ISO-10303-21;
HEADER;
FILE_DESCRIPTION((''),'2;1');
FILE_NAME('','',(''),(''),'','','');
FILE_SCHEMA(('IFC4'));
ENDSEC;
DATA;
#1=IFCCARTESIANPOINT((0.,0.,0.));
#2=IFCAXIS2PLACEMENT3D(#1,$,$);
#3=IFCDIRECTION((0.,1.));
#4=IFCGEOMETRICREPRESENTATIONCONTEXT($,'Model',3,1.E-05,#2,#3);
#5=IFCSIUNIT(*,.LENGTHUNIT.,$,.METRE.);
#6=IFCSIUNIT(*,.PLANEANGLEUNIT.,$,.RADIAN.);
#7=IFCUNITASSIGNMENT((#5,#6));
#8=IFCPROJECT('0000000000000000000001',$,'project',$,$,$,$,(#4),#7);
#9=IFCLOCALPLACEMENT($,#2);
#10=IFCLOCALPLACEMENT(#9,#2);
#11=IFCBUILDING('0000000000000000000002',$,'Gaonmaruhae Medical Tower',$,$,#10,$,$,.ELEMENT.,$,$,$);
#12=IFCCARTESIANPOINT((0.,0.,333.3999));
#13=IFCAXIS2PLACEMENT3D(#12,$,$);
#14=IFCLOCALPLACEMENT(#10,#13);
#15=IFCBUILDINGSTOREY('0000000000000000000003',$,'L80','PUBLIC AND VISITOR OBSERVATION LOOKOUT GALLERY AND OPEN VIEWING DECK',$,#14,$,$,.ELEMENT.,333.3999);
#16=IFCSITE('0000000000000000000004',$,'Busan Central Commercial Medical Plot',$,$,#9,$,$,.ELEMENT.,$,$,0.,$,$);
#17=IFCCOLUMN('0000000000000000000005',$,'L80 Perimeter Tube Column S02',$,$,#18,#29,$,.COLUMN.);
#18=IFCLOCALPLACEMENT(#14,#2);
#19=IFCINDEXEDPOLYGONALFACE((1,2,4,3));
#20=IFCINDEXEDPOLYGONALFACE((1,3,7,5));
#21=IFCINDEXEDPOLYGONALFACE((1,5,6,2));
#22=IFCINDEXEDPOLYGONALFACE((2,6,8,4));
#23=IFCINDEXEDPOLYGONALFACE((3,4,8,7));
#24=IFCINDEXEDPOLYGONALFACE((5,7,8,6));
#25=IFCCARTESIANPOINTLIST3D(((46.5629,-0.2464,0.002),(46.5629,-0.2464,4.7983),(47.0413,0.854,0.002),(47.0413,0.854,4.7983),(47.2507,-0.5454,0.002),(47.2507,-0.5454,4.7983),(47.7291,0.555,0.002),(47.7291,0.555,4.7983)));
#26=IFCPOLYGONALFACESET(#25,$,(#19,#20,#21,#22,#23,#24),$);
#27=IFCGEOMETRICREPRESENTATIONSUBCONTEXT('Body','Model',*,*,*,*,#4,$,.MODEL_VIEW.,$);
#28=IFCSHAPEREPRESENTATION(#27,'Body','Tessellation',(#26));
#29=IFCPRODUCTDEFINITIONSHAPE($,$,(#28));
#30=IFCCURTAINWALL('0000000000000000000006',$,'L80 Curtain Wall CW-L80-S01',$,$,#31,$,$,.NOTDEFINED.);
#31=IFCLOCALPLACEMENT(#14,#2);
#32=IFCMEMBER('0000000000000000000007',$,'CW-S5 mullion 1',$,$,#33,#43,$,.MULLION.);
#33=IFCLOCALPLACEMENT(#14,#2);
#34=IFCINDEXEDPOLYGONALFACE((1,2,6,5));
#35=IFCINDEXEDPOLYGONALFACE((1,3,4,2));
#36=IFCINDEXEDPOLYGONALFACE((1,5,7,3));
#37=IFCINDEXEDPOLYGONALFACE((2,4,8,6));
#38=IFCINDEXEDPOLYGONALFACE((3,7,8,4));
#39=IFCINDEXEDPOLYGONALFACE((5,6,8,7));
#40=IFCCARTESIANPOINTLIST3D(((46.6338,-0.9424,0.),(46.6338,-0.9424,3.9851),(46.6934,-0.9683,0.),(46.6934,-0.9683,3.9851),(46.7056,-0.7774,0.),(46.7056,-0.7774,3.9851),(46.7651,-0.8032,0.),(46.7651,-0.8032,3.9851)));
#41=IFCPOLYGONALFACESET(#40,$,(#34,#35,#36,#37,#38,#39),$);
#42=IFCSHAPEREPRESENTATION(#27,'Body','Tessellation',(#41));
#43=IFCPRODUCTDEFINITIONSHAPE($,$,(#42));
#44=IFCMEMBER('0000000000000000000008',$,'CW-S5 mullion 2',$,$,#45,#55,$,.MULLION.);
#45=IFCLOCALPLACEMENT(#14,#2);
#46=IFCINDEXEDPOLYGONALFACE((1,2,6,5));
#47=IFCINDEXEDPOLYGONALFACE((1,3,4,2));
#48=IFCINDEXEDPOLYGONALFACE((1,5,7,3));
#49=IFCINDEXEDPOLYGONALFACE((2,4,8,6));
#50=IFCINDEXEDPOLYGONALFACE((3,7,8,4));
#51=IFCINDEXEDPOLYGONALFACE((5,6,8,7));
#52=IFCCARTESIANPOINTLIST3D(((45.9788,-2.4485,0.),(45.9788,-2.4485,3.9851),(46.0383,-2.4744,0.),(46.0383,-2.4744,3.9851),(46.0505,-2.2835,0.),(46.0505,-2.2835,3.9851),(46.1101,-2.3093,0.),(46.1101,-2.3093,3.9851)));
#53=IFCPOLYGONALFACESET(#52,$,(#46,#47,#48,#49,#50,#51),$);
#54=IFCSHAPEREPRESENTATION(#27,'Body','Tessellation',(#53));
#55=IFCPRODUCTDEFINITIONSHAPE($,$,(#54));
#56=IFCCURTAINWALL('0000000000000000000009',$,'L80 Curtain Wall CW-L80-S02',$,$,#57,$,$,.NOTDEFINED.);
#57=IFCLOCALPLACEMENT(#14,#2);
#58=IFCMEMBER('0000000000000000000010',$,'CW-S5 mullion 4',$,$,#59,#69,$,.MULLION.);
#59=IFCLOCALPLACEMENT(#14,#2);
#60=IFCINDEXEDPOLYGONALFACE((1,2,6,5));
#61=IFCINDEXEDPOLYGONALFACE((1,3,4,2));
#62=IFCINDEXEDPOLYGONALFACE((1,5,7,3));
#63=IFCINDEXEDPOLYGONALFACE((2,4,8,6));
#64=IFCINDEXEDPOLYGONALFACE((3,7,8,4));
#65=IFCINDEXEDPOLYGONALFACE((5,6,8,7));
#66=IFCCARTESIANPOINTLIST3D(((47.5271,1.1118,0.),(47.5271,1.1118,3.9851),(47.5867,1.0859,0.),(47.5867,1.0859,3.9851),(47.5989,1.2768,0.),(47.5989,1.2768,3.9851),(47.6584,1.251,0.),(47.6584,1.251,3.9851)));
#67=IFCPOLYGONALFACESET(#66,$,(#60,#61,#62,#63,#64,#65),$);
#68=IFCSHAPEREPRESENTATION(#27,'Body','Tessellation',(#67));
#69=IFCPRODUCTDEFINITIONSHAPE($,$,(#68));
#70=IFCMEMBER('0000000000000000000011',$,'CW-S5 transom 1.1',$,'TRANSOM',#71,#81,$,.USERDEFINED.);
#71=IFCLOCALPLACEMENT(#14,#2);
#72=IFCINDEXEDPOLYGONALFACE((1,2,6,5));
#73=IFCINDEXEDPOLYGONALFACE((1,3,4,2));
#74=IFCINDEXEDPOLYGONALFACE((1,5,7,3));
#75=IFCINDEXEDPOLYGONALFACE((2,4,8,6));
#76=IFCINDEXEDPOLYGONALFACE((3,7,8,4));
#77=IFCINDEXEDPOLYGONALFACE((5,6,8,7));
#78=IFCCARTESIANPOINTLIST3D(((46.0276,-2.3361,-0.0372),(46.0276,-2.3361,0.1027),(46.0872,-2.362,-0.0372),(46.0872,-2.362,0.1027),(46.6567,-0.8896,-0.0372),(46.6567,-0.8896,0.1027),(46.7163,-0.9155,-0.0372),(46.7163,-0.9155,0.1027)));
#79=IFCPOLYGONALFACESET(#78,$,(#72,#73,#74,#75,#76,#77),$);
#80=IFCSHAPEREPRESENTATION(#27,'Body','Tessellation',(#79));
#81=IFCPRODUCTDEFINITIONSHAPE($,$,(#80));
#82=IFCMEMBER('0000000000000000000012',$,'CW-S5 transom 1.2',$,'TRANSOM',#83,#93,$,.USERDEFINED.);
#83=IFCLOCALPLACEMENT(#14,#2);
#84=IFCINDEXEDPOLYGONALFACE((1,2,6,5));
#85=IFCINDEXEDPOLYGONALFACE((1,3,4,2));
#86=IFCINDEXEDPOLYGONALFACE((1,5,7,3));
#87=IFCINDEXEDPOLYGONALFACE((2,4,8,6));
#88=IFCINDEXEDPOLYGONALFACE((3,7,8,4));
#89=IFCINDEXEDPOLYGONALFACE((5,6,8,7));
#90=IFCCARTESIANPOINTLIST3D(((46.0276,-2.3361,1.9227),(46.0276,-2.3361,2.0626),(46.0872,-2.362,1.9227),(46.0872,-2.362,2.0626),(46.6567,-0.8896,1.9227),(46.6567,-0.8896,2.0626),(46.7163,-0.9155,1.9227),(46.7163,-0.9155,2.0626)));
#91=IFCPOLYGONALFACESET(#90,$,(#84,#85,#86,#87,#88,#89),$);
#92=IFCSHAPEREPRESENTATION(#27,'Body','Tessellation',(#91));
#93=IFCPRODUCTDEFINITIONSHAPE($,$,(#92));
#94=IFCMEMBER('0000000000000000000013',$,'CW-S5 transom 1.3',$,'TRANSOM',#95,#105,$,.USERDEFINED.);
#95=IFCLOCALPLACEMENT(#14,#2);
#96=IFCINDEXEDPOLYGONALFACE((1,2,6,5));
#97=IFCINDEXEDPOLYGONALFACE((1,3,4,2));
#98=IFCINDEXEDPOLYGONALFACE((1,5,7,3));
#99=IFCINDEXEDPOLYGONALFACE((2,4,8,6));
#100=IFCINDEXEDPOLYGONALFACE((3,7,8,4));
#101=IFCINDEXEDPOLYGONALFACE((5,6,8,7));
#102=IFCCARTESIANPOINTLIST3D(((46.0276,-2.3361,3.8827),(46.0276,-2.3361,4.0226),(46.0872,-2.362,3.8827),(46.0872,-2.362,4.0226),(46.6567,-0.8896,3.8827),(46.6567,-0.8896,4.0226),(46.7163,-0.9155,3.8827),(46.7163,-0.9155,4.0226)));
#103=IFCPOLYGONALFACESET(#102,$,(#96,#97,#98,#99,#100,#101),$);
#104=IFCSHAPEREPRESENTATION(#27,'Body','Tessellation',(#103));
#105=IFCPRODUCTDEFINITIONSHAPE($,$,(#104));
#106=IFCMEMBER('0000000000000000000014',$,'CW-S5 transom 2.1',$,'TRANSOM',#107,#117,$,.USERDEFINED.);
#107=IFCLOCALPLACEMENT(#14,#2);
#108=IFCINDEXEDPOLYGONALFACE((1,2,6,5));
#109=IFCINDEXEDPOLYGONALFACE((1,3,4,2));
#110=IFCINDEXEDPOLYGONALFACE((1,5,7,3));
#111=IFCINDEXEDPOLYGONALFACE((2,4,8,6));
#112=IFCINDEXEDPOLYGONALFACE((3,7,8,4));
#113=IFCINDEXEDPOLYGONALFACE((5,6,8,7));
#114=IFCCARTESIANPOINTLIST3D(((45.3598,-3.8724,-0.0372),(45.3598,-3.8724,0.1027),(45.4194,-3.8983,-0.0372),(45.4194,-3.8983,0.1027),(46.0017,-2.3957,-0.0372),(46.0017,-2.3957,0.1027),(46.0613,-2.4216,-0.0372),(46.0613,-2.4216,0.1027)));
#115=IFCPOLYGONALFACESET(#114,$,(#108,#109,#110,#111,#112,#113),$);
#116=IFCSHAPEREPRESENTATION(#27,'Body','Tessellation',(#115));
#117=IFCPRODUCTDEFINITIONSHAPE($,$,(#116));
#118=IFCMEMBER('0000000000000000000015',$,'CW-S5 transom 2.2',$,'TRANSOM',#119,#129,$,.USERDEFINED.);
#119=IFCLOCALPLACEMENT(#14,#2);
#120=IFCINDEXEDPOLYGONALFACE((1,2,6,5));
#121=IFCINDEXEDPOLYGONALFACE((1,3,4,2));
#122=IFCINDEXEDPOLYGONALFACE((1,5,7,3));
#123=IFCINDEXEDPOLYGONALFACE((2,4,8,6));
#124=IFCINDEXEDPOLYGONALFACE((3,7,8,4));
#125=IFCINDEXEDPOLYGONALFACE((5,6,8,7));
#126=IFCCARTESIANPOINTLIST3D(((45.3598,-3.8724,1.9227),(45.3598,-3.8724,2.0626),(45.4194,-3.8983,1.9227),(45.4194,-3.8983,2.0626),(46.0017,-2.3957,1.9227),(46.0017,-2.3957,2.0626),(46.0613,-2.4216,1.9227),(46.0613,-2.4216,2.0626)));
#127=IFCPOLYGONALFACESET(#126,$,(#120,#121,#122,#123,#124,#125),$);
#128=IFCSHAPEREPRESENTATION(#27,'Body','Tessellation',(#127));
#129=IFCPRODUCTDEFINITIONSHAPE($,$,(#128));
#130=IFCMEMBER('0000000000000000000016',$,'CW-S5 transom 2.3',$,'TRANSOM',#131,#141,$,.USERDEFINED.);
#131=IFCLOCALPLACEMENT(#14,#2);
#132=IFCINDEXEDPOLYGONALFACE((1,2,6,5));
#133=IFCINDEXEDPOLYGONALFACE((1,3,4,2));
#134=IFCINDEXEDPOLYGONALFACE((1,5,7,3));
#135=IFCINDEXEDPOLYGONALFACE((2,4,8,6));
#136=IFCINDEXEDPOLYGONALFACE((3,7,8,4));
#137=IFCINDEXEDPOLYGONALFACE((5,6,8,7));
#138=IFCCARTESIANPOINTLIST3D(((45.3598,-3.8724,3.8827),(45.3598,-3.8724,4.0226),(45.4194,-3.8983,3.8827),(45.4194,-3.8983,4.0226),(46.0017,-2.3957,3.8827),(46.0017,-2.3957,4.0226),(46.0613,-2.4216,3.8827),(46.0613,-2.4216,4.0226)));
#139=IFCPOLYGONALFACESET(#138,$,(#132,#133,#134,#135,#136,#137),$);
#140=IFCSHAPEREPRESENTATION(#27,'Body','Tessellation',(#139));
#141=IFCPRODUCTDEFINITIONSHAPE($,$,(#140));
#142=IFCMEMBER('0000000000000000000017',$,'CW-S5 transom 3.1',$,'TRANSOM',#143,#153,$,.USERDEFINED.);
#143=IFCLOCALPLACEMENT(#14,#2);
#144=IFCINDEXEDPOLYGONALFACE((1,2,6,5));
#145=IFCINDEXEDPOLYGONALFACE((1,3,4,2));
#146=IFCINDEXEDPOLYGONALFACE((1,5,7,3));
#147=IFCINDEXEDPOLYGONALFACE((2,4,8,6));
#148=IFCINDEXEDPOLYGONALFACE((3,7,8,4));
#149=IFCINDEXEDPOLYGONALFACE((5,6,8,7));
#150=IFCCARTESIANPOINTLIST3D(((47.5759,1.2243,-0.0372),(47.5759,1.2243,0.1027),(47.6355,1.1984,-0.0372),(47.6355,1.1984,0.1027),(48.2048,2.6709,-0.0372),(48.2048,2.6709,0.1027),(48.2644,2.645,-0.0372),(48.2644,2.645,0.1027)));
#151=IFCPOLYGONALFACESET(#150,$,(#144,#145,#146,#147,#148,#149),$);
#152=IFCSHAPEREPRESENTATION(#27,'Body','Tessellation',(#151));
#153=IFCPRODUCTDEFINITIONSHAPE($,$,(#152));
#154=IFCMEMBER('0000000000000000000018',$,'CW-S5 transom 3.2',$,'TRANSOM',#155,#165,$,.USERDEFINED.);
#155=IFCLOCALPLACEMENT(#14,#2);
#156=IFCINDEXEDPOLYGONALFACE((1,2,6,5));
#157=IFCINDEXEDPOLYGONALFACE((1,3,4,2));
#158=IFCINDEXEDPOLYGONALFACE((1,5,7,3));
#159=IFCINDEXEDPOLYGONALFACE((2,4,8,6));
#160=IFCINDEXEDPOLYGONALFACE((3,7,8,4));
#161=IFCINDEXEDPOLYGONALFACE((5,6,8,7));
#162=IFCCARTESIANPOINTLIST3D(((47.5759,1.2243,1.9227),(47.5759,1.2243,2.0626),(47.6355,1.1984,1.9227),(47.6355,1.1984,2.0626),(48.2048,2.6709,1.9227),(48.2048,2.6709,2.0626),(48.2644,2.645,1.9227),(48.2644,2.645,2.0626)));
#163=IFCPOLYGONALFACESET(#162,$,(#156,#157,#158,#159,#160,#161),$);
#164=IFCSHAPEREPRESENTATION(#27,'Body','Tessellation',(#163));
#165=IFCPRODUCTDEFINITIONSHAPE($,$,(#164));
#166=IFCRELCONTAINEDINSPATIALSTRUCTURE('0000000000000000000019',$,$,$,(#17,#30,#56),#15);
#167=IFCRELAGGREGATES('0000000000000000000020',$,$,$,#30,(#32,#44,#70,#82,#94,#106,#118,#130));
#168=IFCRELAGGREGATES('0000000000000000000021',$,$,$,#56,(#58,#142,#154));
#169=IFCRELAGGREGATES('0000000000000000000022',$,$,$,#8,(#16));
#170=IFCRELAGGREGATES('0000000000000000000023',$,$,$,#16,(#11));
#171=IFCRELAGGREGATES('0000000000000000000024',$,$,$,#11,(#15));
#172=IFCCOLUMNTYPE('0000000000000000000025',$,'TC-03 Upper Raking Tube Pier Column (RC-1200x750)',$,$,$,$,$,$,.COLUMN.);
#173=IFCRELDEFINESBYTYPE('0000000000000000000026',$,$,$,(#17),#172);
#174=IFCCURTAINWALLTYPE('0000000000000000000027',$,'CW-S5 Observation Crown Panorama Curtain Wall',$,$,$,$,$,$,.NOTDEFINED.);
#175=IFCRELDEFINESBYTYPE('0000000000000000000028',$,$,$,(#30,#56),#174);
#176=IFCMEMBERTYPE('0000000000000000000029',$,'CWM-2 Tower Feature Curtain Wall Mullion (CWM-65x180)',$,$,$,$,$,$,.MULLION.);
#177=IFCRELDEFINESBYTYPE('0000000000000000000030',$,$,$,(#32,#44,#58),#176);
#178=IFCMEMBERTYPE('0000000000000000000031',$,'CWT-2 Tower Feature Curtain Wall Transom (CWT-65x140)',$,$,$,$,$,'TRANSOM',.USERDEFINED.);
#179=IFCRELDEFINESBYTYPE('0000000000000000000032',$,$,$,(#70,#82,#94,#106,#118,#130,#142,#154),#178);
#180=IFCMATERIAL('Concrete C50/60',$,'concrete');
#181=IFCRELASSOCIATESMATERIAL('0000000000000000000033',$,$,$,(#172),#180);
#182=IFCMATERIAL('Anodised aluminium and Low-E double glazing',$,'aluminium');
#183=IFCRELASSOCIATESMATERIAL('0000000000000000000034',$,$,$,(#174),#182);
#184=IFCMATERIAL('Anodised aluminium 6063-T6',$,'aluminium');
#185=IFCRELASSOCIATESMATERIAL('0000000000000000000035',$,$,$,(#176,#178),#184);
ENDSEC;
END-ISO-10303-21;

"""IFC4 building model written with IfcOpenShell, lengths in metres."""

from ifc_helpers import new_model, si_unit, direction, frame, origin, origin_2d, place, context, subcontext, project, spatial, rectangle, extrude, material, material_profile, profile_set, type_object, element, aggregate, save


model = new_model("IFC4")

# Units and contexts
model_context = context("Model", 3, precision=1e-05, world=origin(), true_north=direction((0.0, 1.0)))
body_context = subcontext(model_context, "Body", "Model", "MODEL_VIEW")
ifc_project = project(units=[si_unit("LENGTHUNIT", "METRE"), si_unit("PLANEANGLEUNIT", "RADIAN")], contexts=[model_context])

# Site, building, storey
site_placement = place(None, origin())
site = spatial("IfcSite", under=ifc_project, at=site_placement, Name="Busan Central Commercial Medical Plot", CompositionType="ELEMENT", RefElevation=0.0)
building_placement = place(site_placement, origin())
building = spatial("IfcBuilding", under=site, at=building_placement, Name="Gaonmaruhae Medical Tower", CompositionType="ELEMENT")
storey_placement = place(building_placement, frame((0.0, 0.0, 333.3999)))
storey = spatial("IfcBuildingStorey", under=building, at=storey_placement, Name="L80", Description="PUBLIC AND VISITOR OBSERVATION LOOKOUT GALLERY AND OPEN VIEWING DECK", CompositionType="ELEMENT", Elevation=333.3999)

# Column
ifc_material_1 = material(Name="Concrete C50/60", Category="concrete")
ifc_material_profile_1 = material_profile(ifc_material_1, rectangle(XDim=1.2, YDim=0.75, at=origin_2d()), Name="RC-1200x750")
ifc_profile_set_1 = profile_set([ifc_material_profile_1], Name="Concrete C50/60")
column_type = type_object("IfcColumnType", Name="TC-03 Upper Raking Tube Pier Column (RC-1200x750)", PredefinedType="COLUMN", material=ifc_profile_set_1)
column_placement = place(storey_placement, frame((47.146, 0.1543, 0.002), z_axis=(0.0, 0.0, 1.0), x_axis=(0.398749, 0.91706, 0.0)))
element("IfcColumn", 1, at=column_placement, inside=storey, type_object=column_type, Name="L80 Perimeter Tube Column S02", PredefinedType="COLUMN", context=body_context, shape_type="SweptSolid", body=[
    extrude(rectangle(XDim=1.2, YDim=0.75, at=origin_2d()), origin(), (0.0, 0.0, 1.0), 4.7964),
])

# Curtain wall, members
ifc_material_2 = material(Name="Anodised aluminium and Low-E double glazing", Category="aluminium")
curtain_wall_type = type_object("IfcCurtainWallType", Name="CW-S5 Observation Crown Panorama Curtain Wall", PredefinedType="NOTDEFINED", material=ifc_material_2)
curtain_wall_1_placement = place(storey_placement, origin())
curtain_wall_1 = element("IfcCurtainWall", 2, at=curtain_wall_1_placement, inside=storey, type_object=curtain_wall_type, Name="L80 Curtain Wall CW-L80-S01", PredefinedType="NOTDEFINED")
ifc_material_3 = material(Name="Anodised aluminium 6063-T6", Category="aluminium")
ifc_material_profile_2 = material_profile(ifc_material_3, rectangle(XDim=0.0649, YDim=0.1799, at=origin_2d()), Name="CWM-65x180")
ifc_profile_set_2 = profile_set([ifc_material_profile_2], Name="Anodised aluminium 6063-T6")
member_type_1 = type_object("IfcMemberType", Name="CWM-2 Tower Feature Curtain Wall Mullion (CWM-65x180)", PredefinedType="MULLION", material=ifc_profile_set_2)
member_1_placement = place(storey_placement, frame((46.6995, -0.8728, 0.0), z_axis=(0.0, 0.0, 1.0), x_axis=(0.917068, -0.398732, 0.0)))
member_1 = element("IfcMember", 3, at=member_1_placement, type_object=member_type_1, Name="CW-S5 mullion 1", PredefinedType="MULLION", context=body_context, shape_type="SweptSolid", body=[
    extrude(rectangle(XDim=0.0649, YDim=0.1799, at=origin_2d()), origin(), (0.0, 0.0, 1.0), 3.9851),
])
member_2_placement = place(storey_placement, frame((46.0444, -2.3789, 0.0), z_axis=(0.0, 0.0, 1.0), x_axis=(0.917068, -0.398732, 0.0)))
member_2 = element("IfcMember", 4, at=member_2_placement, type_object=member_type_1, Name="CW-S5 mullion 2", PredefinedType="MULLION", context=body_context, shape_type="SweptSolid", body=[
    extrude(rectangle(XDim=0.0649, YDim=0.1799, at=origin_2d()), origin(), (0.0, 0.0, 1.0), 3.9851),
])

# Curtain wall, member
curtain_wall_2_placement = place(storey_placement, origin())
curtain_wall_2 = element("IfcCurtainWall", 5, at=curtain_wall_2_placement, inside=storey, type_object=curtain_wall_type, Name="L80 Curtain Wall CW-L80-S02", PredefinedType="NOTDEFINED")
member_3_placement = place(storey_placement, frame((47.5928, 1.1814, 0.0), z_axis=(0.0, 0.0, 1.0), x_axis=(0.917068, -0.398732, 0.0)))
member_3 = element("IfcMember", 6, at=member_3_placement, type_object=member_type_1, Name="CW-S5 mullion 4", PredefinedType="MULLION", context=body_context, shape_type="SweptSolid", body=[
    extrude(rectangle(XDim=0.0649, YDim=0.1799, at=origin_2d()), origin(), (0.0, 0.0, 1.0), 3.9851),
])

# Members
ifc_material_profile_3 = material_profile(ifc_material_3, rectangle(XDim=0.0649, YDim=0.1399, at=origin_2d()), Name="CWT-65x140")
ifc_profile_set_3 = profile_set([ifc_material_profile_3], Name="Anodised aluminium 6063-T6")
member_type_2 = type_object("IfcMemberType", Name="CWT-2 Tower Feature Curtain Wall Transom (CWT-65x140)", ElementType="TRANSOM", PredefinedType="USERDEFINED", material=ifc_profile_set_3)
member_4_placement = place(storey_placement, frame((46.6865, -0.9026, 0.0327), z_axis=(-0.398845, -0.917018, 0.0), x_axis=(0.917018, -0.398845, 0.0)))
member_4 = element("IfcMember", 7, at=member_4_placement, type_object=member_type_2, Name="CW-S5 transom 1.1", ObjectType="TRANSOM", PredefinedType="USERDEFINED", context=body_context, shape_type="SweptSolid", body=[
    extrude(rectangle(XDim=0.0649, YDim=0.1399, at=origin_2d()), origin(), (0.0, 0.0, 1.0), 1.5774),
])
member_5_placement = place(storey_placement, frame((46.6865, -0.9026, 1.9927), z_axis=(-0.398845, -0.917018, 0.0), x_axis=(0.917018, -0.398845, 0.0)))
member_5 = element("IfcMember", 8, at=member_5_placement, type_object=member_type_2, Name="CW-S5 transom 1.2", ObjectType="TRANSOM", PredefinedType="USERDEFINED", context=body_context, shape_type="SweptSolid", body=[
    extrude(rectangle(XDim=0.0649, YDim=0.1399, at=origin_2d()), origin(), (0.0, 0.0, 1.0), 1.5774),
])
member_6_placement = place(storey_placement, frame((46.6865, -0.9026, 3.9526), z_axis=(-0.398845, -0.917018, 0.0), x_axis=(0.917018, -0.398845, 0.0)))
member_6 = element("IfcMember", 9, at=member_6_placement, type_object=member_type_2, Name="CW-S5 transom 1.3", ObjectType="TRANSOM", PredefinedType="USERDEFINED", context=body_context, shape_type="SweptSolid", body=[
    extrude(rectangle(XDim=0.0649, YDim=0.1399, at=origin_2d()), origin(), (0.0, 0.0, 1.0), 1.5774),
])
member_7_placement = place(storey_placement, frame((46.0315, -2.4087, 0.0327), z_axis=(-0.398654, -0.917101, 0.0), x_axis=(0.917101, -0.398654, 0.0)))
member_7 = element("IfcMember", 10, at=member_7_placement, type_object=member_type_2, Name="CW-S5 transom 2.1", ObjectType="TRANSOM", PredefinedType="USERDEFINED", context=body_context, shape_type="SweptSolid", body=[
    extrude(rectangle(XDim=0.0649, YDim=0.1399, at=origin_2d()), origin(), (0.0, 0.0, 1.0), 1.6101),
])
member_8_placement = place(storey_placement, frame((46.0315, -2.4087, 1.9927), z_axis=(-0.398654, -0.917101, 0.0), x_axis=(0.917101, -0.398654, 0.0)))
member_8 = element("IfcMember", 11, at=member_8_placement, type_object=member_type_2, Name="CW-S5 transom 2.2", ObjectType="TRANSOM", PredefinedType="USERDEFINED", context=body_context, shape_type="SweptSolid", body=[
    extrude(rectangle(XDim=0.0649, YDim=0.1399, at=origin_2d()), origin(), (0.0, 0.0, 1.0), 1.6101),
])
member_9_placement = place(storey_placement, frame((46.0315, -2.4087, 3.9526), z_axis=(-0.398654, -0.917101, 0.0), x_axis=(0.917101, -0.398654, 0.0)))
member_9 = element("IfcMember", 12, at=member_9_placement, type_object=member_type_2, Name="CW-S5 transom 2.3", ObjectType="TRANSOM", PredefinedType="USERDEFINED", context=body_context, shape_type="SweptSolid", body=[
    extrude(rectangle(XDim=0.0649, YDim=0.1399, at=origin_2d()), origin(), (0.0, 0.0, 1.0), 1.6101),
])
member_10_placement = place(storey_placement, frame((48.2346, 2.658, 0.0327), z_axis=(-0.398715, -0.917075, 0.0), x_axis=(0.917075, -0.398715, 0.0)))
member_10 = element("IfcMember", 13, at=member_10_placement, type_object=member_type_2, Name="CW-S5 transom 3.1", ObjectType="TRANSOM", PredefinedType="USERDEFINED", context=body_context, shape_type="SweptSolid", body=[
    extrude(rectangle(XDim=0.0649, YDim=0.1399, at=origin_2d()), origin(), (0.0, 0.0, 1.0), 1.5774),
])
member_11_placement = place(storey_placement, frame((48.2346, 2.658, 1.9927), z_axis=(-0.398715, -0.917075, 0.0), x_axis=(0.917075, -0.398715, 0.0)))
member_11 = element("IfcMember", 14, at=member_11_placement, type_object=member_type_2, Name="CW-S5 transom 3.2", ObjectType="TRANSOM", PredefinedType="USERDEFINED", context=body_context, shape_type="SweptSolid", body=[
    extrude(rectangle(XDim=0.0649, YDim=0.1399, at=origin_2d()), origin(), (0.0, 0.0, 1.0), 1.5774),
])

aggregate(curtain_wall_1, [member_1, member_2, member_4, member_5, member_6, member_7, member_8, member_9])
aggregate(curtain_wall_2, [member_3, member_10, member_11])

save(model, "model.ifc")
